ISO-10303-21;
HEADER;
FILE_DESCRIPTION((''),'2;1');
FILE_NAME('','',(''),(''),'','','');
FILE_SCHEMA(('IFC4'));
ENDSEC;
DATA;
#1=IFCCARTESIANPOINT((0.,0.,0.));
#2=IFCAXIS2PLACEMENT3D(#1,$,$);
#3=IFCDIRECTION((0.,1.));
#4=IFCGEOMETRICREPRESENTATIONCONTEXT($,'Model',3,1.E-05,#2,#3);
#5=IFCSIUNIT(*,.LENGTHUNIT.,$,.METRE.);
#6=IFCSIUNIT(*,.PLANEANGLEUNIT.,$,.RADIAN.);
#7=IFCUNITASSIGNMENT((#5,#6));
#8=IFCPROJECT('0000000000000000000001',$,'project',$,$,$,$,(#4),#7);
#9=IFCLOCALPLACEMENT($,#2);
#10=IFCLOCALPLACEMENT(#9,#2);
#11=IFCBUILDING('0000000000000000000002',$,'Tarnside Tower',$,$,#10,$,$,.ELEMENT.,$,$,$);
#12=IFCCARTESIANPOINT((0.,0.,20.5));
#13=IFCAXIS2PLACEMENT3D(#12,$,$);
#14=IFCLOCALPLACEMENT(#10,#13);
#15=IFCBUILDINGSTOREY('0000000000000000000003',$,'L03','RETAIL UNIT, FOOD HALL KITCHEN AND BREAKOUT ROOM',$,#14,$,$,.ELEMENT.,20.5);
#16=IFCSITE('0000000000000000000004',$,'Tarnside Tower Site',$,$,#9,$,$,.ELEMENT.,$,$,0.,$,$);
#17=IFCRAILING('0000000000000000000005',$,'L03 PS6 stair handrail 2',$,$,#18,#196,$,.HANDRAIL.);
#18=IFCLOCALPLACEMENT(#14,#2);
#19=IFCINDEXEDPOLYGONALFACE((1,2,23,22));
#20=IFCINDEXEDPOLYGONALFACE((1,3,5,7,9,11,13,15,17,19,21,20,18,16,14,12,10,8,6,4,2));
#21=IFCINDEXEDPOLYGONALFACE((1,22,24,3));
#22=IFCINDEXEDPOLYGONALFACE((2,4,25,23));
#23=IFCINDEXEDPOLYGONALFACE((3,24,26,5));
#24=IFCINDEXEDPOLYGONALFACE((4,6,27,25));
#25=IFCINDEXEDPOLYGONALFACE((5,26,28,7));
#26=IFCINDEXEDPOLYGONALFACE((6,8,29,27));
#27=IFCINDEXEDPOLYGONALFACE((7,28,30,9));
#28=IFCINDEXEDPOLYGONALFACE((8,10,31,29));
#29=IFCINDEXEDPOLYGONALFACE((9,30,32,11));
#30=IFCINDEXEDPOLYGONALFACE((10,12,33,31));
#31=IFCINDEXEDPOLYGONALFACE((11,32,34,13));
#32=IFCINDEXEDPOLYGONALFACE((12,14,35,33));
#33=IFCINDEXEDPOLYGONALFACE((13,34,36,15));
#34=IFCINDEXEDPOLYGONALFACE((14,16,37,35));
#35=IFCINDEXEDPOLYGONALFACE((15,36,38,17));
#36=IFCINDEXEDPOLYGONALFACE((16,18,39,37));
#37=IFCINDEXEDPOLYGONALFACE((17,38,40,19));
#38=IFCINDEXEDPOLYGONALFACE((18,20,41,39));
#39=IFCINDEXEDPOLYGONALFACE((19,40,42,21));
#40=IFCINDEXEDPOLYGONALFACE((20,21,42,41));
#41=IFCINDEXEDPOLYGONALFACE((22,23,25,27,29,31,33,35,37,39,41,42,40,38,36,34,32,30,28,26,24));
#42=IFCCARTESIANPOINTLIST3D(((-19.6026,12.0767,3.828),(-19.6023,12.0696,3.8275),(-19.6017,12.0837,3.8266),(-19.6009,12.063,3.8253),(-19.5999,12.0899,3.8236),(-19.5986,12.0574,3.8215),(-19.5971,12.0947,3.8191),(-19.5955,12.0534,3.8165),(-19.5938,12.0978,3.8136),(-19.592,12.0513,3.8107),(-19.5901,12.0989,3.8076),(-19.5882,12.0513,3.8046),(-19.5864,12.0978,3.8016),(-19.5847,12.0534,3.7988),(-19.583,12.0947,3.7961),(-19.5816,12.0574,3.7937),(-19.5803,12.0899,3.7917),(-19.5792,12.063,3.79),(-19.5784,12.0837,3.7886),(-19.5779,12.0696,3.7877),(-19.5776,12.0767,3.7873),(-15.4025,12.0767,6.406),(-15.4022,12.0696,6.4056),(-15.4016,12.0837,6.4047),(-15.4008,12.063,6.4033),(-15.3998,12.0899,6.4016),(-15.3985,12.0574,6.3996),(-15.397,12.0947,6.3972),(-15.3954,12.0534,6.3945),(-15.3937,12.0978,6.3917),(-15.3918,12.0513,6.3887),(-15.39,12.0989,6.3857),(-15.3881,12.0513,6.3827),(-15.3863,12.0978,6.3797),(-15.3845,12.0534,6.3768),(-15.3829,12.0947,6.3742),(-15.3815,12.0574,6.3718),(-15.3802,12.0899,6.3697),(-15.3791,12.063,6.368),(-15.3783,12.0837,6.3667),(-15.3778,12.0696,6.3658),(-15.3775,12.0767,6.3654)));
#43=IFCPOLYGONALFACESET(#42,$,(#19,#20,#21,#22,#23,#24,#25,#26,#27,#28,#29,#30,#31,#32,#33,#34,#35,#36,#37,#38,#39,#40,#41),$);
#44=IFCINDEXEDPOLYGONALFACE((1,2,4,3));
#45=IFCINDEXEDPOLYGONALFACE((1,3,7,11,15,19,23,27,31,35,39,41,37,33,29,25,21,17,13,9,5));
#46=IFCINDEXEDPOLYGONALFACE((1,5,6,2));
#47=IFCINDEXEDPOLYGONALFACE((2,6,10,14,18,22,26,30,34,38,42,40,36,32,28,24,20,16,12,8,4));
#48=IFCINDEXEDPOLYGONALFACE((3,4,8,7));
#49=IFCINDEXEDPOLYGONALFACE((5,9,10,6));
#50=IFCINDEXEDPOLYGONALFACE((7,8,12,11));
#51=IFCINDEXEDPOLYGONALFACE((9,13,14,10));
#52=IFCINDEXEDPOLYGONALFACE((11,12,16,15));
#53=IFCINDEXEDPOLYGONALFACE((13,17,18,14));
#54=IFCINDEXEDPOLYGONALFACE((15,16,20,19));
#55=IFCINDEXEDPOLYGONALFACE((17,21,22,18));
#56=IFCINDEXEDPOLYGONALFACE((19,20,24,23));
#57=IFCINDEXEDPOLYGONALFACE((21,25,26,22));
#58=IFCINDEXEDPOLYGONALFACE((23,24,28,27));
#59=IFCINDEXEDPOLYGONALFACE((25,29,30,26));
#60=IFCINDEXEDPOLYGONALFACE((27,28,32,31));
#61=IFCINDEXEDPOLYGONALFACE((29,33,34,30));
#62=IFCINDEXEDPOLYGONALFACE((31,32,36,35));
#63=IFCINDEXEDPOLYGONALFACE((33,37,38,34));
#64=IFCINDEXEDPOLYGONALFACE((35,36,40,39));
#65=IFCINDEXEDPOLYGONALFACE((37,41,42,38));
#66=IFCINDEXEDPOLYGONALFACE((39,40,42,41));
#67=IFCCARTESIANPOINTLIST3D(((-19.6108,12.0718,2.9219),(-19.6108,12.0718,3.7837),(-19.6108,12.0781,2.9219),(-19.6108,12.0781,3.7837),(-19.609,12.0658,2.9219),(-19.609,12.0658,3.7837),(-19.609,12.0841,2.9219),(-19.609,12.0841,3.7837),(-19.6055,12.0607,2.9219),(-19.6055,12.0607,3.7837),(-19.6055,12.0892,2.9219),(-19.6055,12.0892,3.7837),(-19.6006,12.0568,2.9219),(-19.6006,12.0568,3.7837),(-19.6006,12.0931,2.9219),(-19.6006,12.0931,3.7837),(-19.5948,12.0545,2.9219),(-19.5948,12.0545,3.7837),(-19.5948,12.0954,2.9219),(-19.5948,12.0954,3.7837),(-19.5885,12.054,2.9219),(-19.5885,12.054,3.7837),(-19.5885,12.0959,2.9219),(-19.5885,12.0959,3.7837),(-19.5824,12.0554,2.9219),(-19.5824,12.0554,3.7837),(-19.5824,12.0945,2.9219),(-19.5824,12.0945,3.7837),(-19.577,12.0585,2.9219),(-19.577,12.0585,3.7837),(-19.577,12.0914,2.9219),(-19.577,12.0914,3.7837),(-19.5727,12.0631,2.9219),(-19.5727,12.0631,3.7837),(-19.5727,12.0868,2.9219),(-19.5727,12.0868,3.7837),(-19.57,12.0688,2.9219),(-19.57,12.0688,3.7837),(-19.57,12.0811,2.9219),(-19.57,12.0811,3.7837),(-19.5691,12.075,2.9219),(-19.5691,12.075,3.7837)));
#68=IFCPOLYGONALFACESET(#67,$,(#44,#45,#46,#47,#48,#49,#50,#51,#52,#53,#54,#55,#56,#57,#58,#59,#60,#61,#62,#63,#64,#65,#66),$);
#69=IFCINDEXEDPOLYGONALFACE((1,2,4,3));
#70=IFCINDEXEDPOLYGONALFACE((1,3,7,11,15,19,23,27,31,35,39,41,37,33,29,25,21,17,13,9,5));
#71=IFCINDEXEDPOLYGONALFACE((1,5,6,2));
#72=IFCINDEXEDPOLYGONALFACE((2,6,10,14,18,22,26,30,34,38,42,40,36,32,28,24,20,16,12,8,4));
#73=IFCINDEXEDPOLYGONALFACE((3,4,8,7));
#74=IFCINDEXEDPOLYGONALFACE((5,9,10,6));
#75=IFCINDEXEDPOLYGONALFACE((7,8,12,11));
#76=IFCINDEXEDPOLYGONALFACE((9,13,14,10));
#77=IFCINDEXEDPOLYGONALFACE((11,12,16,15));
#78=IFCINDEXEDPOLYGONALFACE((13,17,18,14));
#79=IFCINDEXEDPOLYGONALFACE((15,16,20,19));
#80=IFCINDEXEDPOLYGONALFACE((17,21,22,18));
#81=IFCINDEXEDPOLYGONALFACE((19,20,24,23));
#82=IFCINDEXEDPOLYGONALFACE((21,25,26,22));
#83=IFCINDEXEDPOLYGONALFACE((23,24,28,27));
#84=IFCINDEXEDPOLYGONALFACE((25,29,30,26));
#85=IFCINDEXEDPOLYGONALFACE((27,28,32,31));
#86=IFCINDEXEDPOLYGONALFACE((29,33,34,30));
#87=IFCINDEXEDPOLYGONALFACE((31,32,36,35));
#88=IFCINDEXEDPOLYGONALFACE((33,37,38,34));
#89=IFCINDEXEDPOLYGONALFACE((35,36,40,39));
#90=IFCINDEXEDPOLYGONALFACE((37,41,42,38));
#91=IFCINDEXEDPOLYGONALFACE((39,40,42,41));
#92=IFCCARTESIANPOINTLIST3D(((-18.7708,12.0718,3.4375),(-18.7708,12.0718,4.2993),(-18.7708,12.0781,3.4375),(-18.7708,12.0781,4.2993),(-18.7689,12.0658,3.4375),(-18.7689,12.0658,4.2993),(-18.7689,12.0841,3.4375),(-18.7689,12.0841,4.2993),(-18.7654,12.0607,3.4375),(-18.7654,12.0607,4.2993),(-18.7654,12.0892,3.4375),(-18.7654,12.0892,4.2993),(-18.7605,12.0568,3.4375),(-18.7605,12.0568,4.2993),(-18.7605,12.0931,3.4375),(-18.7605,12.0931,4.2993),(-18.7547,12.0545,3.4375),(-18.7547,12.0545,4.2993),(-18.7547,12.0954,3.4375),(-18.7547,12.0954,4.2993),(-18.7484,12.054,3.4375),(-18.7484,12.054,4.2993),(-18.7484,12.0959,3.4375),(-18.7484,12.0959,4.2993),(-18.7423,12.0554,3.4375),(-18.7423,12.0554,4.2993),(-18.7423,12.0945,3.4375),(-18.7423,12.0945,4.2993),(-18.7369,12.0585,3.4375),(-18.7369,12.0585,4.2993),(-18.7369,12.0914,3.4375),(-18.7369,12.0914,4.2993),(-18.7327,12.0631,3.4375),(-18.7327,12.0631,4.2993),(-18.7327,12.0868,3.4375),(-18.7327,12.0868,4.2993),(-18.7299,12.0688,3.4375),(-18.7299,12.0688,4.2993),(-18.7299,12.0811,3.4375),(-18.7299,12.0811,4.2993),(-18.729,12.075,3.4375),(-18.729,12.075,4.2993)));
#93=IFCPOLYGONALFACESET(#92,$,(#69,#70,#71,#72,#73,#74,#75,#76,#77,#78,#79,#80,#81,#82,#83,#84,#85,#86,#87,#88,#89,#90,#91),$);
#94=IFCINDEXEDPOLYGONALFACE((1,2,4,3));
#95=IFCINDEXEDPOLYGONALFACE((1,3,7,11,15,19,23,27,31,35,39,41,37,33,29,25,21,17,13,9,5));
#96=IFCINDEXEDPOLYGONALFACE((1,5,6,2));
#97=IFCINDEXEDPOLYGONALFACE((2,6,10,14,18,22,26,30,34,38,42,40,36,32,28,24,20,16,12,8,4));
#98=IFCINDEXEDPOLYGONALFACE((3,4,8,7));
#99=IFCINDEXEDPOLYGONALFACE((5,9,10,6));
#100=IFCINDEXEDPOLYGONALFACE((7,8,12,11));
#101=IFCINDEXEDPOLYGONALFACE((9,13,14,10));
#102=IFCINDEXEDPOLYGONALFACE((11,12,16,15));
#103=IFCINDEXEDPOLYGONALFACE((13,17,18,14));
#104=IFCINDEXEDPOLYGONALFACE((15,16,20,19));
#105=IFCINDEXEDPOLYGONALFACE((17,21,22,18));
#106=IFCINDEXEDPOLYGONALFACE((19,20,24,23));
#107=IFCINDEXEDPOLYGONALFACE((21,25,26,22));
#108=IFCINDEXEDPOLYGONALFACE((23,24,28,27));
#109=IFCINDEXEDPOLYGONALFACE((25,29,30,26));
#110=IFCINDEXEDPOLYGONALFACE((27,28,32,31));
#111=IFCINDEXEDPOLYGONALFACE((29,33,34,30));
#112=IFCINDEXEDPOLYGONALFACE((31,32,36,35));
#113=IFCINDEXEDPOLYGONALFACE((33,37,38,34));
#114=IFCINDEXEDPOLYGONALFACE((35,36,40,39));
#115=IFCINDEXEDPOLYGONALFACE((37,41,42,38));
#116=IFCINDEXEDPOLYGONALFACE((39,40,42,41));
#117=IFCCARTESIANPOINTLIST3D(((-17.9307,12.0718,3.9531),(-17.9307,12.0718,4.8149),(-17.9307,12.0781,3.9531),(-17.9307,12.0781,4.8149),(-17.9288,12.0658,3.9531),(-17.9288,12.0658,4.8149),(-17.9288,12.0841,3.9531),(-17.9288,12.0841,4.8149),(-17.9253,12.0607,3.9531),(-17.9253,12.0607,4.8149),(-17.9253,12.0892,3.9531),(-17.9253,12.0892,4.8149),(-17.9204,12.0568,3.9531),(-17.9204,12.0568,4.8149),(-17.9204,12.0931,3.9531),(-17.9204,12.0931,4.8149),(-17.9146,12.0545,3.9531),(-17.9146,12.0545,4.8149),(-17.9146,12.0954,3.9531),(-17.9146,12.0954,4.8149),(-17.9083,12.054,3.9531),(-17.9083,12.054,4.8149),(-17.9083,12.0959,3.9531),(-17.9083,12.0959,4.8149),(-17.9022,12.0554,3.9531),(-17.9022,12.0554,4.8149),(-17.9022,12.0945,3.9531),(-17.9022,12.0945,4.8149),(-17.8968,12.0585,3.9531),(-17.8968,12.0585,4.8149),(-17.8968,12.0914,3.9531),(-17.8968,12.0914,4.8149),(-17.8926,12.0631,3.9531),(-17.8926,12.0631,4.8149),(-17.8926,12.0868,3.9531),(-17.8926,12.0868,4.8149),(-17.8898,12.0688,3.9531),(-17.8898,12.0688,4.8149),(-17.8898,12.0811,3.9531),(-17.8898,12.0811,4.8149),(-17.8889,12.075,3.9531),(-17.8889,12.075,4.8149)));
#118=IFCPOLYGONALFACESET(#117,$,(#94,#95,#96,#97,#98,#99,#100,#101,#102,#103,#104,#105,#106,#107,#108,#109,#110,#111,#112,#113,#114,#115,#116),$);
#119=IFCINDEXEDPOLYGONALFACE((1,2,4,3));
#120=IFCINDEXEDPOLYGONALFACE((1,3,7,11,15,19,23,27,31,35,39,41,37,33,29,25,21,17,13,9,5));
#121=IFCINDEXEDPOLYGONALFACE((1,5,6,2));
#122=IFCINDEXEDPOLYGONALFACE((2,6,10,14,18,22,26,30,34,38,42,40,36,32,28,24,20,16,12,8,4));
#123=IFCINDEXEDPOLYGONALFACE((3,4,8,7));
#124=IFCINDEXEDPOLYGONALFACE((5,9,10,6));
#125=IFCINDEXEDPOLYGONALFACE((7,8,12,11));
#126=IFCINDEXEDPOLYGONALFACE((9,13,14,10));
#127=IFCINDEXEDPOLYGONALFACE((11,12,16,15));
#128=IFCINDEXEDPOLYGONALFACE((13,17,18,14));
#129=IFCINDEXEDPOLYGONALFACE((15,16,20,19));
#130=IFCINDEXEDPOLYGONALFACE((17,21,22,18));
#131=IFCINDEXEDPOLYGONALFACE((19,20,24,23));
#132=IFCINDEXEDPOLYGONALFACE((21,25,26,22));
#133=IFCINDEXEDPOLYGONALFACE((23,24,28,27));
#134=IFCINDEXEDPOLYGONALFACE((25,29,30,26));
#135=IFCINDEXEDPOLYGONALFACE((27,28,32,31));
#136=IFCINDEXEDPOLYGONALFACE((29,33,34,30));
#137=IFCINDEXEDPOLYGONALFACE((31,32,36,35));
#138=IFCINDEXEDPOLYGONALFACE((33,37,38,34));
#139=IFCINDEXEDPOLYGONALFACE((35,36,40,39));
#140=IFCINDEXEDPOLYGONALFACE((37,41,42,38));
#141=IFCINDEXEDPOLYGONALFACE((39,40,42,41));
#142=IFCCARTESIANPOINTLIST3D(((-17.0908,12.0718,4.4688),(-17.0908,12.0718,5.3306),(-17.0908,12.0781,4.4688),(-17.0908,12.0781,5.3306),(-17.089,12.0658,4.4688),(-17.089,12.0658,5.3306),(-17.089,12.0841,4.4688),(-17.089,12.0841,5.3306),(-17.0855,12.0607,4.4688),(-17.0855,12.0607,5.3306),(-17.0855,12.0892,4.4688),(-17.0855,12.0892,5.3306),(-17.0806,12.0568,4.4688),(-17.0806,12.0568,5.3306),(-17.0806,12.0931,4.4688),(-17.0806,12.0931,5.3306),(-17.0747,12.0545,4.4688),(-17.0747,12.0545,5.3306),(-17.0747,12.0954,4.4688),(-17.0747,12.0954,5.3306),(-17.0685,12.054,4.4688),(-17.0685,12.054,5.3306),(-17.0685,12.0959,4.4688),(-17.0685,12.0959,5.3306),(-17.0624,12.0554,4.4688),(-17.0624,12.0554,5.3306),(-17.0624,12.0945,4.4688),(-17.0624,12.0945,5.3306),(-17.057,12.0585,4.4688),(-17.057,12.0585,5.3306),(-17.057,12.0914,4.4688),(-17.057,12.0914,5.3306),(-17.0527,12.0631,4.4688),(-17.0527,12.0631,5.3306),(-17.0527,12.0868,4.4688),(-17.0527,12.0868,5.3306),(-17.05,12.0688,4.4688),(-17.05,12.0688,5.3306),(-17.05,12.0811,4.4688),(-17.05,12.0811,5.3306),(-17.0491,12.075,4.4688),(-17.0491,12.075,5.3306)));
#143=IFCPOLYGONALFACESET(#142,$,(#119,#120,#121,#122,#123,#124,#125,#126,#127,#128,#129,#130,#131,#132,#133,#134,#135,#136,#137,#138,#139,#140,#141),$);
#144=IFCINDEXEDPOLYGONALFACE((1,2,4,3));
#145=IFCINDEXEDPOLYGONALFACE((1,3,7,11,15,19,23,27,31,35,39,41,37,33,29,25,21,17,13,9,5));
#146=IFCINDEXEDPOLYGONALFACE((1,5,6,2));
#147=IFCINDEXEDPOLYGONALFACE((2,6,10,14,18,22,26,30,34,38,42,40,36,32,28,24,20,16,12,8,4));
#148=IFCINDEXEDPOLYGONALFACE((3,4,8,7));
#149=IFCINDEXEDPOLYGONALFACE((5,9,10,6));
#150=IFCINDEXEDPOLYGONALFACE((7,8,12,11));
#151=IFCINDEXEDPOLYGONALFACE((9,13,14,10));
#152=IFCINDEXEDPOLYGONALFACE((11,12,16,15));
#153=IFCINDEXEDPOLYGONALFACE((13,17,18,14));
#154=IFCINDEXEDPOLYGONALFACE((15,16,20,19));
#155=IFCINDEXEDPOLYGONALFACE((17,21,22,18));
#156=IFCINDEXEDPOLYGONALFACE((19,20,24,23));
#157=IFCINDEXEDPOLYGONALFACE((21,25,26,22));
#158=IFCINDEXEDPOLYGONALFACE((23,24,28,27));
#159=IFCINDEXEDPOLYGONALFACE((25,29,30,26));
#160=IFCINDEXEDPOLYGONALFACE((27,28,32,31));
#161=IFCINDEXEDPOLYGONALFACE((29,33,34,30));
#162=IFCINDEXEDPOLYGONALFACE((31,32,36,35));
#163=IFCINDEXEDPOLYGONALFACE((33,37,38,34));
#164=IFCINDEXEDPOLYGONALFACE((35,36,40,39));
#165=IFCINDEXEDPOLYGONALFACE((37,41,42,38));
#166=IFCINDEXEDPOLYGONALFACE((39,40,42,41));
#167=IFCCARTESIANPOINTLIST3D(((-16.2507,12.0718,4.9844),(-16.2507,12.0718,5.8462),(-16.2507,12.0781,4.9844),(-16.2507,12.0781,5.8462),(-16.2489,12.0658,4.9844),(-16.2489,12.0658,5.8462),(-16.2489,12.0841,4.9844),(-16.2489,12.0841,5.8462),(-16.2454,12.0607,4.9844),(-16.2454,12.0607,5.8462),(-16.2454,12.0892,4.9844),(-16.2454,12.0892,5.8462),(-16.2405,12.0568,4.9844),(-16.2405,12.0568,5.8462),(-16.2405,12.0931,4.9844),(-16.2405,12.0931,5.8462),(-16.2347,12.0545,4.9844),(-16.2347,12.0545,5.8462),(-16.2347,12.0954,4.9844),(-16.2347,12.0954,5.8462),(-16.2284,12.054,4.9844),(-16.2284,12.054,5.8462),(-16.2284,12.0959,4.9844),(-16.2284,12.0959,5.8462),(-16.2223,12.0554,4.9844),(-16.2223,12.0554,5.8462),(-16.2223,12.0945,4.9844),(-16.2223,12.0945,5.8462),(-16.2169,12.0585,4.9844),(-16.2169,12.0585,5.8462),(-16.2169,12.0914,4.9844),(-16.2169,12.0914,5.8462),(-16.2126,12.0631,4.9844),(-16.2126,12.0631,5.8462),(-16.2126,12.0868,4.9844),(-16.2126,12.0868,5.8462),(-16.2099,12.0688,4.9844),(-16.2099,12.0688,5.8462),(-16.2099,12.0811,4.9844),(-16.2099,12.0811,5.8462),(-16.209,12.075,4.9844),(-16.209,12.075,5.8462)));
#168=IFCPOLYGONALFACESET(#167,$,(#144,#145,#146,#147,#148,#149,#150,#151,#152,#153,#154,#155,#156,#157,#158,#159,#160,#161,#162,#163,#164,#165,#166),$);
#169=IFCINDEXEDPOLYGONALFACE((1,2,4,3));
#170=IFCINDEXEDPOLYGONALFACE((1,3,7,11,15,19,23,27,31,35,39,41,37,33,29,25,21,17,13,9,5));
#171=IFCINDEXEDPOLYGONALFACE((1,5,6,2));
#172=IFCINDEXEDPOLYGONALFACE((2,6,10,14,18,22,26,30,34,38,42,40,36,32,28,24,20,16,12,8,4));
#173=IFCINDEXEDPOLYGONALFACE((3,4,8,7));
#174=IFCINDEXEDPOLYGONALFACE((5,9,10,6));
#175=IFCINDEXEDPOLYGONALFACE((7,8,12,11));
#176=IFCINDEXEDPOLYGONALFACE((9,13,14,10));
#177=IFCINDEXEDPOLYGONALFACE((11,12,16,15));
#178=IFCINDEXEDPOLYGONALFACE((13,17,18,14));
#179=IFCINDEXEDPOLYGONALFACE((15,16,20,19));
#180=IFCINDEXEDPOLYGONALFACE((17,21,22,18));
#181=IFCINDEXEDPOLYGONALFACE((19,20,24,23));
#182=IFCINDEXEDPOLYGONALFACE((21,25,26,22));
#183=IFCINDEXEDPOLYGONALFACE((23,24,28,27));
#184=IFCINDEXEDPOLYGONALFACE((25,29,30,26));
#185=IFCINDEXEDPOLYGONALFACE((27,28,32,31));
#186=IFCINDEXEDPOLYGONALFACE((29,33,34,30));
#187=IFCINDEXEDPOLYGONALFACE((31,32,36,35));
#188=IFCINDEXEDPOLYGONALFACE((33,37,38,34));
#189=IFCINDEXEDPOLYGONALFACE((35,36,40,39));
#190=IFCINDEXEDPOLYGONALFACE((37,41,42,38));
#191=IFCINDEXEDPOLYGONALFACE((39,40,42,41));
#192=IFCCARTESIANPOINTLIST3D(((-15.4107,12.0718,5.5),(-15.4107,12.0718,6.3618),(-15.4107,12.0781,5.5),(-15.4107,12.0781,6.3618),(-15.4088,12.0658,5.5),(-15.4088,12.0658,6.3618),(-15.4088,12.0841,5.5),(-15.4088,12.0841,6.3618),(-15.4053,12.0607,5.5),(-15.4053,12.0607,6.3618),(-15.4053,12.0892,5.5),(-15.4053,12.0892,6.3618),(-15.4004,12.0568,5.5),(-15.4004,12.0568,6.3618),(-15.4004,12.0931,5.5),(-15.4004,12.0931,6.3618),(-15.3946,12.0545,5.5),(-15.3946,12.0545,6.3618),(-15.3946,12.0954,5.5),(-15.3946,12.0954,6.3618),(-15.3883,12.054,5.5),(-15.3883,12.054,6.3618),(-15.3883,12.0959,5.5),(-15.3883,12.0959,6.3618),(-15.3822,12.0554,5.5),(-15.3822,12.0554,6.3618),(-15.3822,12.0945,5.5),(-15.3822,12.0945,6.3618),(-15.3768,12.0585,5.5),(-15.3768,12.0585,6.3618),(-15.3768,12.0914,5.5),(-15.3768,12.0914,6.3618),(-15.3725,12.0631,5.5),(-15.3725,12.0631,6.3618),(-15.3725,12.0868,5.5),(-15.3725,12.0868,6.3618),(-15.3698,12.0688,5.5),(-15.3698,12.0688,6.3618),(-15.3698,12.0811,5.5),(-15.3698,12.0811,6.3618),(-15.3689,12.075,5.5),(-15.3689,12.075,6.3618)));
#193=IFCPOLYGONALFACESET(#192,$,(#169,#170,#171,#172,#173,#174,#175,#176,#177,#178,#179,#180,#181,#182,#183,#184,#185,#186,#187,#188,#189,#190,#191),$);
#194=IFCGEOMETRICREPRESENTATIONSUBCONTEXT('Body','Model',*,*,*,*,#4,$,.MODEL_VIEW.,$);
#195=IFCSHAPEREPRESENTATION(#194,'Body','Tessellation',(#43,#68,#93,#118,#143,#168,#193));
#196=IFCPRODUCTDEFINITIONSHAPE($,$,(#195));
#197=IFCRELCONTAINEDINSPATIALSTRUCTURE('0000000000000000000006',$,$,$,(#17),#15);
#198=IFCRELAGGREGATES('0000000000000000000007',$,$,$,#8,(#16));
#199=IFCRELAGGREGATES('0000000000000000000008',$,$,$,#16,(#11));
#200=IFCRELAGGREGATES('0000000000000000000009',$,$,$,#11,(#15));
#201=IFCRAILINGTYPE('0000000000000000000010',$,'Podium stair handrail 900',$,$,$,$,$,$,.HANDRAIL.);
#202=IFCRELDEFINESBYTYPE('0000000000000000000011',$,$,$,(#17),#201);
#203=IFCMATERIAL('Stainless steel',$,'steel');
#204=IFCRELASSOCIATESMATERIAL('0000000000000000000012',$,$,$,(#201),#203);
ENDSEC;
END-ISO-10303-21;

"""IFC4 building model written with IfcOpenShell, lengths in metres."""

from ifc_helpers import new_model, si_unit, direction, frame, origin, origin_2d, place, context, subcontext, project, spatial, circle, extrude, material, type_object, element, save


model = new_model("IFC4")

# Units and contexts
model_context = context("Model", 3, precision=1e-05, world=origin(), true_north=direction((0.0, 1.0)))
body_context = subcontext(model_context, "Body", "Model", "MODEL_VIEW")
ifc_project = project(units=[si_unit("LENGTHUNIT", "METRE"), si_unit("PLANEANGLEUNIT", "RADIAN")], contexts=[model_context])

# Site, building, storey
site_placement = place(None, origin())
site = spatial("IfcSite", under=ifc_project, at=site_placement, Name="Tarnside Tower Site", CompositionType="ELEMENT", RefElevation=0.0)
building_placement = place(site_placement, origin())
building = spatial("IfcBuilding", under=site, at=building_placement, Name="Tarnside Tower", CompositionType="ELEMENT")
storey_placement = place(building_placement, frame((0.0, 0.0, 20.5)))
storey = spatial("IfcBuildingStorey", under=building, at=storey_placement, Name="L03", Description="RETAIL UNIT, FOOD HALL KITCHEN AND BREAKOUT ROOM", CompositionType="ELEMENT", Elevation=20.5)

# Railing
ifc_material_1 = material(Name="Stainless steel", Category="steel")
railing_type_1 = type_object("IfcRailingType", Name="Podium stair handrail 900", PredefinedType="HANDRAIL", material=ifc_material_1)
railing_1_placement = place(storey_placement, frame((-19.5901, 12.075, 2.9219)))
element("IfcRailing", 1, at=railing_1_placement, inside=storey, type_object=railing_type_1, Name="L03 PS6 stair handrail 2", PredefinedType="HANDRAIL", context=body_context, shape_type="SweptSolid", body=[
    extrude(circle(Radius=0.0239, at=origin_2d()), frame((0.0, 0.0, 0.8857), z_axis=(0.852256, 0.0, 0.523124), x_axis=(0.0, 1.0, 0.0)), (0.0, 0.0, 1.0), 4.9282),
    extrude(circle(Radius=0.021, at=origin_2d()), origin(), (0.0, 0.0, 1.0), 0.8618),
    extrude(circle(Radius=0.021, at=origin_2d()), frame((0.8401, 0.0, 0.5156)), (0.0, 0.0, 1.0), 0.8618),
    extrude(circle(Radius=0.021, at=origin_2d()), frame((1.6802, 0.0, 1.0312)), (0.0, 0.0, 1.0), 0.8618),
    extrude(circle(Radius=0.021, at=origin_2d()), frame((2.52, 0.0, 1.5469)), (0.0, 0.0, 1.0), 0.8618),
    extrude(circle(Radius=0.021, at=origin_2d()), frame((3.3601, 0.0, 2.0625)), (0.0, 0.0, 1.0), 0.8618),
    extrude(circle(Radius=0.021, at=origin_2d()), frame((4.2002, 0.0, 2.5781)), (0.0, 0.0, 1.0), 0.8618),
])

save(model, "model.ifc")
